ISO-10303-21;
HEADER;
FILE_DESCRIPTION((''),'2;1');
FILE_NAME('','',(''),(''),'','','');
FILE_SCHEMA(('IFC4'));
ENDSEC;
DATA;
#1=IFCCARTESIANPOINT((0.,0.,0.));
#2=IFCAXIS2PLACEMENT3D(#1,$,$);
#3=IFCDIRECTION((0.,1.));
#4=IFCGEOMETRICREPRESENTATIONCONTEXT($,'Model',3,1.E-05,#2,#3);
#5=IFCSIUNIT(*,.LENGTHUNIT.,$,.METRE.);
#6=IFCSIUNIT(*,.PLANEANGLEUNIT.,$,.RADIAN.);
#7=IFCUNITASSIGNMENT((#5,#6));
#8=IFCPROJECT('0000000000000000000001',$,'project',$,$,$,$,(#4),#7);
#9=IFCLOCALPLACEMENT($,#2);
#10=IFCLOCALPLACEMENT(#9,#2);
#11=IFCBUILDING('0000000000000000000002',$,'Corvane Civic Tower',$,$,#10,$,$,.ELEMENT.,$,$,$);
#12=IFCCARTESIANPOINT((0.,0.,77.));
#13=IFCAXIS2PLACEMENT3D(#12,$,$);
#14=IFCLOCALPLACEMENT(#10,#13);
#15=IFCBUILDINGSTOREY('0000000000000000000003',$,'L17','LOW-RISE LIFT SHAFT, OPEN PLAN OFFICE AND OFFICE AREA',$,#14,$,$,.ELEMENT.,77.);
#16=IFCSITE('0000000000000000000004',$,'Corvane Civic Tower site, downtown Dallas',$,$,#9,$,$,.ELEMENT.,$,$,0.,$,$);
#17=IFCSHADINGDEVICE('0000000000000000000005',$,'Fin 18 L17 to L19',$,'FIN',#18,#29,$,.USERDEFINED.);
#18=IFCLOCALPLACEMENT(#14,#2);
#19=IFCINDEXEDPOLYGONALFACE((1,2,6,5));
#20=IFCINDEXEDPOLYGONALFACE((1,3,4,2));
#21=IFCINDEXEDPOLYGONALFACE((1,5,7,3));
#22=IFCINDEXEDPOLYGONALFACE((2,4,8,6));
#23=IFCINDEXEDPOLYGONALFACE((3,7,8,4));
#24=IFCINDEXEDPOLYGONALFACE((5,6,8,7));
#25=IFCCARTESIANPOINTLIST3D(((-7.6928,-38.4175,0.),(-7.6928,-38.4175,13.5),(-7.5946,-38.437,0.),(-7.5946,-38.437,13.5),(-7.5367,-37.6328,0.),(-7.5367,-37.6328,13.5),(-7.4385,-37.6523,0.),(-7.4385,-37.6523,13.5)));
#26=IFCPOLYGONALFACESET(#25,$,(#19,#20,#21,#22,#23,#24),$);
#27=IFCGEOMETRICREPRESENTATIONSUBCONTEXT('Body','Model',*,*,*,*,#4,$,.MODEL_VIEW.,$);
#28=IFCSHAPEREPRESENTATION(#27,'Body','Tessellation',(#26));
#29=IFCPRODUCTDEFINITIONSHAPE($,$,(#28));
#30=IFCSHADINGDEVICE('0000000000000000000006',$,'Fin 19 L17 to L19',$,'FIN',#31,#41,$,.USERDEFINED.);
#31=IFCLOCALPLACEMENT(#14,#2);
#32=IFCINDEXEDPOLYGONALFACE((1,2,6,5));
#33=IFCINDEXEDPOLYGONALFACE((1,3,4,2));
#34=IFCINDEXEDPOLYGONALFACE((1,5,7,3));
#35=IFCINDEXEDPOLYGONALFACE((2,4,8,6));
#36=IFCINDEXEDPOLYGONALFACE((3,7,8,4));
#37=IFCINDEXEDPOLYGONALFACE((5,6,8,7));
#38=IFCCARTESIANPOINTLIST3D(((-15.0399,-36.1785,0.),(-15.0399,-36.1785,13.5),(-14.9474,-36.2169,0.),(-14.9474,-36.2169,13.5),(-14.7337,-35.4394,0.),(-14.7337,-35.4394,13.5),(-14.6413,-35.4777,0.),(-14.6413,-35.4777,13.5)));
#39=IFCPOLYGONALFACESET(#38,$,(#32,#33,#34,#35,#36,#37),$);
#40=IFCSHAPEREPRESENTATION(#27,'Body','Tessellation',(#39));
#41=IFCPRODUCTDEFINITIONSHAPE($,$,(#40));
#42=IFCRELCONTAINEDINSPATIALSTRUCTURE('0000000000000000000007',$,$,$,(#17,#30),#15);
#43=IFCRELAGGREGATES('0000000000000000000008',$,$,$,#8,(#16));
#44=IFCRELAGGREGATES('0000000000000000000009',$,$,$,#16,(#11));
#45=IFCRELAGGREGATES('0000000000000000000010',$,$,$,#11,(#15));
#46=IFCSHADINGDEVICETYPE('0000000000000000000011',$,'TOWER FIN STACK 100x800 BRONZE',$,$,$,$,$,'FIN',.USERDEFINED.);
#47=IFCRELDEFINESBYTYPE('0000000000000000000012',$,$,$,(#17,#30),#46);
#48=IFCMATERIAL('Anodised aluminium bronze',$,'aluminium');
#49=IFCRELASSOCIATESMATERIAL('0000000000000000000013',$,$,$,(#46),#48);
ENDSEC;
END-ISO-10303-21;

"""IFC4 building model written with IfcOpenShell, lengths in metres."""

from ifc_helpers import new_model, si_unit, direction, frame, origin, origin_2d, place, context, subcontext, project, spatial, rectangle, extrude, material, material_profile, profile_set, type_object, element, save


model = new_model("IFC4")

# Units and contexts
model_context = context("Model", 3, precision=1e-05, world=origin(), true_north=direction((0.0, 1.0)))
body_context = subcontext(model_context, "Body", "Model", "MODEL_VIEW")
ifc_project = project(units=[si_unit("LENGTHUNIT", "METRE"), si_unit("PLANEANGLEUNIT", "RADIAN")], contexts=[model_context])

# Site, building, storey
site_placement = place(None, origin())
site = spatial("IfcSite", under=ifc_project, at=site_placement, Name="Corvane Civic Tower site, downtown Dallas", CompositionType="ELEMENT", RefElevation=0.0)
building_placement = place(site_placement, origin())
building = spatial("IfcBuilding", under=site, at=building_placement, Name="Corvane Civic Tower", CompositionType="ELEMENT")
storey_placement = place(building_placement, frame((0.0, 0.0, 77.0)))
storey = spatial("IfcBuildingStorey", under=building, at=storey_placement, Name="L17", Description="LOW-RISE LIFT SHAFT, OPEN PLAN OFFICE AND OFFICE AREA", CompositionType="ELEMENT", Elevation=77.0)

# Shading devices
ifc_material_1 = material(Name="Anodised aluminium bronze", Category="aluminium")
ifc_material_profile_1 = material_profile(ifc_material_1, rectangle(XDim=0.1001, YDim=0.8, at=origin_2d()), Name="TOWER FIN STACK 100x800 BRONZE")
ifc_profile_set_1 = profile_set([ifc_material_profile_1], Name="Anodised aluminium bronze")
shading_device_type = type_object("IfcShadingDeviceType", Name="TOWER FIN STACK 100x800 BRONZE", ElementType="FIN", PredefinedType="USERDEFINED", material=ifc_profile_set_1)
for number, where, z_axis, x_axis, name in (
    (1, (-7.5657, -38.0349, 0.0), (0.0, 0.0, 1.0), (-0.980785, 0.19509, 0.0), "Fin 18 L17 to L19"),
    (2, (-14.8406, -35.8281, 0.0), (0.0, 0.0, 1.0), (-0.92388, 0.382683, 0.0), "Fin 19 L17 to L19"),
):
    element("IfcShadingDevice", number, at=place(storey_placement, frame(where, z_axis=z_axis, x_axis=x_axis)), inside=storey, type_object=shading_device_type, Name=name, ObjectType="FIN", PredefinedType="USERDEFINED", context=body_context, shape_type="SweptSolid", body=[
        extrude(rectangle(XDim=0.1001, YDim=0.8, at=origin_2d()), origin(), (0.0, 0.0, 1.0), 13.5),
    ])

save(model, "model.ifc")
